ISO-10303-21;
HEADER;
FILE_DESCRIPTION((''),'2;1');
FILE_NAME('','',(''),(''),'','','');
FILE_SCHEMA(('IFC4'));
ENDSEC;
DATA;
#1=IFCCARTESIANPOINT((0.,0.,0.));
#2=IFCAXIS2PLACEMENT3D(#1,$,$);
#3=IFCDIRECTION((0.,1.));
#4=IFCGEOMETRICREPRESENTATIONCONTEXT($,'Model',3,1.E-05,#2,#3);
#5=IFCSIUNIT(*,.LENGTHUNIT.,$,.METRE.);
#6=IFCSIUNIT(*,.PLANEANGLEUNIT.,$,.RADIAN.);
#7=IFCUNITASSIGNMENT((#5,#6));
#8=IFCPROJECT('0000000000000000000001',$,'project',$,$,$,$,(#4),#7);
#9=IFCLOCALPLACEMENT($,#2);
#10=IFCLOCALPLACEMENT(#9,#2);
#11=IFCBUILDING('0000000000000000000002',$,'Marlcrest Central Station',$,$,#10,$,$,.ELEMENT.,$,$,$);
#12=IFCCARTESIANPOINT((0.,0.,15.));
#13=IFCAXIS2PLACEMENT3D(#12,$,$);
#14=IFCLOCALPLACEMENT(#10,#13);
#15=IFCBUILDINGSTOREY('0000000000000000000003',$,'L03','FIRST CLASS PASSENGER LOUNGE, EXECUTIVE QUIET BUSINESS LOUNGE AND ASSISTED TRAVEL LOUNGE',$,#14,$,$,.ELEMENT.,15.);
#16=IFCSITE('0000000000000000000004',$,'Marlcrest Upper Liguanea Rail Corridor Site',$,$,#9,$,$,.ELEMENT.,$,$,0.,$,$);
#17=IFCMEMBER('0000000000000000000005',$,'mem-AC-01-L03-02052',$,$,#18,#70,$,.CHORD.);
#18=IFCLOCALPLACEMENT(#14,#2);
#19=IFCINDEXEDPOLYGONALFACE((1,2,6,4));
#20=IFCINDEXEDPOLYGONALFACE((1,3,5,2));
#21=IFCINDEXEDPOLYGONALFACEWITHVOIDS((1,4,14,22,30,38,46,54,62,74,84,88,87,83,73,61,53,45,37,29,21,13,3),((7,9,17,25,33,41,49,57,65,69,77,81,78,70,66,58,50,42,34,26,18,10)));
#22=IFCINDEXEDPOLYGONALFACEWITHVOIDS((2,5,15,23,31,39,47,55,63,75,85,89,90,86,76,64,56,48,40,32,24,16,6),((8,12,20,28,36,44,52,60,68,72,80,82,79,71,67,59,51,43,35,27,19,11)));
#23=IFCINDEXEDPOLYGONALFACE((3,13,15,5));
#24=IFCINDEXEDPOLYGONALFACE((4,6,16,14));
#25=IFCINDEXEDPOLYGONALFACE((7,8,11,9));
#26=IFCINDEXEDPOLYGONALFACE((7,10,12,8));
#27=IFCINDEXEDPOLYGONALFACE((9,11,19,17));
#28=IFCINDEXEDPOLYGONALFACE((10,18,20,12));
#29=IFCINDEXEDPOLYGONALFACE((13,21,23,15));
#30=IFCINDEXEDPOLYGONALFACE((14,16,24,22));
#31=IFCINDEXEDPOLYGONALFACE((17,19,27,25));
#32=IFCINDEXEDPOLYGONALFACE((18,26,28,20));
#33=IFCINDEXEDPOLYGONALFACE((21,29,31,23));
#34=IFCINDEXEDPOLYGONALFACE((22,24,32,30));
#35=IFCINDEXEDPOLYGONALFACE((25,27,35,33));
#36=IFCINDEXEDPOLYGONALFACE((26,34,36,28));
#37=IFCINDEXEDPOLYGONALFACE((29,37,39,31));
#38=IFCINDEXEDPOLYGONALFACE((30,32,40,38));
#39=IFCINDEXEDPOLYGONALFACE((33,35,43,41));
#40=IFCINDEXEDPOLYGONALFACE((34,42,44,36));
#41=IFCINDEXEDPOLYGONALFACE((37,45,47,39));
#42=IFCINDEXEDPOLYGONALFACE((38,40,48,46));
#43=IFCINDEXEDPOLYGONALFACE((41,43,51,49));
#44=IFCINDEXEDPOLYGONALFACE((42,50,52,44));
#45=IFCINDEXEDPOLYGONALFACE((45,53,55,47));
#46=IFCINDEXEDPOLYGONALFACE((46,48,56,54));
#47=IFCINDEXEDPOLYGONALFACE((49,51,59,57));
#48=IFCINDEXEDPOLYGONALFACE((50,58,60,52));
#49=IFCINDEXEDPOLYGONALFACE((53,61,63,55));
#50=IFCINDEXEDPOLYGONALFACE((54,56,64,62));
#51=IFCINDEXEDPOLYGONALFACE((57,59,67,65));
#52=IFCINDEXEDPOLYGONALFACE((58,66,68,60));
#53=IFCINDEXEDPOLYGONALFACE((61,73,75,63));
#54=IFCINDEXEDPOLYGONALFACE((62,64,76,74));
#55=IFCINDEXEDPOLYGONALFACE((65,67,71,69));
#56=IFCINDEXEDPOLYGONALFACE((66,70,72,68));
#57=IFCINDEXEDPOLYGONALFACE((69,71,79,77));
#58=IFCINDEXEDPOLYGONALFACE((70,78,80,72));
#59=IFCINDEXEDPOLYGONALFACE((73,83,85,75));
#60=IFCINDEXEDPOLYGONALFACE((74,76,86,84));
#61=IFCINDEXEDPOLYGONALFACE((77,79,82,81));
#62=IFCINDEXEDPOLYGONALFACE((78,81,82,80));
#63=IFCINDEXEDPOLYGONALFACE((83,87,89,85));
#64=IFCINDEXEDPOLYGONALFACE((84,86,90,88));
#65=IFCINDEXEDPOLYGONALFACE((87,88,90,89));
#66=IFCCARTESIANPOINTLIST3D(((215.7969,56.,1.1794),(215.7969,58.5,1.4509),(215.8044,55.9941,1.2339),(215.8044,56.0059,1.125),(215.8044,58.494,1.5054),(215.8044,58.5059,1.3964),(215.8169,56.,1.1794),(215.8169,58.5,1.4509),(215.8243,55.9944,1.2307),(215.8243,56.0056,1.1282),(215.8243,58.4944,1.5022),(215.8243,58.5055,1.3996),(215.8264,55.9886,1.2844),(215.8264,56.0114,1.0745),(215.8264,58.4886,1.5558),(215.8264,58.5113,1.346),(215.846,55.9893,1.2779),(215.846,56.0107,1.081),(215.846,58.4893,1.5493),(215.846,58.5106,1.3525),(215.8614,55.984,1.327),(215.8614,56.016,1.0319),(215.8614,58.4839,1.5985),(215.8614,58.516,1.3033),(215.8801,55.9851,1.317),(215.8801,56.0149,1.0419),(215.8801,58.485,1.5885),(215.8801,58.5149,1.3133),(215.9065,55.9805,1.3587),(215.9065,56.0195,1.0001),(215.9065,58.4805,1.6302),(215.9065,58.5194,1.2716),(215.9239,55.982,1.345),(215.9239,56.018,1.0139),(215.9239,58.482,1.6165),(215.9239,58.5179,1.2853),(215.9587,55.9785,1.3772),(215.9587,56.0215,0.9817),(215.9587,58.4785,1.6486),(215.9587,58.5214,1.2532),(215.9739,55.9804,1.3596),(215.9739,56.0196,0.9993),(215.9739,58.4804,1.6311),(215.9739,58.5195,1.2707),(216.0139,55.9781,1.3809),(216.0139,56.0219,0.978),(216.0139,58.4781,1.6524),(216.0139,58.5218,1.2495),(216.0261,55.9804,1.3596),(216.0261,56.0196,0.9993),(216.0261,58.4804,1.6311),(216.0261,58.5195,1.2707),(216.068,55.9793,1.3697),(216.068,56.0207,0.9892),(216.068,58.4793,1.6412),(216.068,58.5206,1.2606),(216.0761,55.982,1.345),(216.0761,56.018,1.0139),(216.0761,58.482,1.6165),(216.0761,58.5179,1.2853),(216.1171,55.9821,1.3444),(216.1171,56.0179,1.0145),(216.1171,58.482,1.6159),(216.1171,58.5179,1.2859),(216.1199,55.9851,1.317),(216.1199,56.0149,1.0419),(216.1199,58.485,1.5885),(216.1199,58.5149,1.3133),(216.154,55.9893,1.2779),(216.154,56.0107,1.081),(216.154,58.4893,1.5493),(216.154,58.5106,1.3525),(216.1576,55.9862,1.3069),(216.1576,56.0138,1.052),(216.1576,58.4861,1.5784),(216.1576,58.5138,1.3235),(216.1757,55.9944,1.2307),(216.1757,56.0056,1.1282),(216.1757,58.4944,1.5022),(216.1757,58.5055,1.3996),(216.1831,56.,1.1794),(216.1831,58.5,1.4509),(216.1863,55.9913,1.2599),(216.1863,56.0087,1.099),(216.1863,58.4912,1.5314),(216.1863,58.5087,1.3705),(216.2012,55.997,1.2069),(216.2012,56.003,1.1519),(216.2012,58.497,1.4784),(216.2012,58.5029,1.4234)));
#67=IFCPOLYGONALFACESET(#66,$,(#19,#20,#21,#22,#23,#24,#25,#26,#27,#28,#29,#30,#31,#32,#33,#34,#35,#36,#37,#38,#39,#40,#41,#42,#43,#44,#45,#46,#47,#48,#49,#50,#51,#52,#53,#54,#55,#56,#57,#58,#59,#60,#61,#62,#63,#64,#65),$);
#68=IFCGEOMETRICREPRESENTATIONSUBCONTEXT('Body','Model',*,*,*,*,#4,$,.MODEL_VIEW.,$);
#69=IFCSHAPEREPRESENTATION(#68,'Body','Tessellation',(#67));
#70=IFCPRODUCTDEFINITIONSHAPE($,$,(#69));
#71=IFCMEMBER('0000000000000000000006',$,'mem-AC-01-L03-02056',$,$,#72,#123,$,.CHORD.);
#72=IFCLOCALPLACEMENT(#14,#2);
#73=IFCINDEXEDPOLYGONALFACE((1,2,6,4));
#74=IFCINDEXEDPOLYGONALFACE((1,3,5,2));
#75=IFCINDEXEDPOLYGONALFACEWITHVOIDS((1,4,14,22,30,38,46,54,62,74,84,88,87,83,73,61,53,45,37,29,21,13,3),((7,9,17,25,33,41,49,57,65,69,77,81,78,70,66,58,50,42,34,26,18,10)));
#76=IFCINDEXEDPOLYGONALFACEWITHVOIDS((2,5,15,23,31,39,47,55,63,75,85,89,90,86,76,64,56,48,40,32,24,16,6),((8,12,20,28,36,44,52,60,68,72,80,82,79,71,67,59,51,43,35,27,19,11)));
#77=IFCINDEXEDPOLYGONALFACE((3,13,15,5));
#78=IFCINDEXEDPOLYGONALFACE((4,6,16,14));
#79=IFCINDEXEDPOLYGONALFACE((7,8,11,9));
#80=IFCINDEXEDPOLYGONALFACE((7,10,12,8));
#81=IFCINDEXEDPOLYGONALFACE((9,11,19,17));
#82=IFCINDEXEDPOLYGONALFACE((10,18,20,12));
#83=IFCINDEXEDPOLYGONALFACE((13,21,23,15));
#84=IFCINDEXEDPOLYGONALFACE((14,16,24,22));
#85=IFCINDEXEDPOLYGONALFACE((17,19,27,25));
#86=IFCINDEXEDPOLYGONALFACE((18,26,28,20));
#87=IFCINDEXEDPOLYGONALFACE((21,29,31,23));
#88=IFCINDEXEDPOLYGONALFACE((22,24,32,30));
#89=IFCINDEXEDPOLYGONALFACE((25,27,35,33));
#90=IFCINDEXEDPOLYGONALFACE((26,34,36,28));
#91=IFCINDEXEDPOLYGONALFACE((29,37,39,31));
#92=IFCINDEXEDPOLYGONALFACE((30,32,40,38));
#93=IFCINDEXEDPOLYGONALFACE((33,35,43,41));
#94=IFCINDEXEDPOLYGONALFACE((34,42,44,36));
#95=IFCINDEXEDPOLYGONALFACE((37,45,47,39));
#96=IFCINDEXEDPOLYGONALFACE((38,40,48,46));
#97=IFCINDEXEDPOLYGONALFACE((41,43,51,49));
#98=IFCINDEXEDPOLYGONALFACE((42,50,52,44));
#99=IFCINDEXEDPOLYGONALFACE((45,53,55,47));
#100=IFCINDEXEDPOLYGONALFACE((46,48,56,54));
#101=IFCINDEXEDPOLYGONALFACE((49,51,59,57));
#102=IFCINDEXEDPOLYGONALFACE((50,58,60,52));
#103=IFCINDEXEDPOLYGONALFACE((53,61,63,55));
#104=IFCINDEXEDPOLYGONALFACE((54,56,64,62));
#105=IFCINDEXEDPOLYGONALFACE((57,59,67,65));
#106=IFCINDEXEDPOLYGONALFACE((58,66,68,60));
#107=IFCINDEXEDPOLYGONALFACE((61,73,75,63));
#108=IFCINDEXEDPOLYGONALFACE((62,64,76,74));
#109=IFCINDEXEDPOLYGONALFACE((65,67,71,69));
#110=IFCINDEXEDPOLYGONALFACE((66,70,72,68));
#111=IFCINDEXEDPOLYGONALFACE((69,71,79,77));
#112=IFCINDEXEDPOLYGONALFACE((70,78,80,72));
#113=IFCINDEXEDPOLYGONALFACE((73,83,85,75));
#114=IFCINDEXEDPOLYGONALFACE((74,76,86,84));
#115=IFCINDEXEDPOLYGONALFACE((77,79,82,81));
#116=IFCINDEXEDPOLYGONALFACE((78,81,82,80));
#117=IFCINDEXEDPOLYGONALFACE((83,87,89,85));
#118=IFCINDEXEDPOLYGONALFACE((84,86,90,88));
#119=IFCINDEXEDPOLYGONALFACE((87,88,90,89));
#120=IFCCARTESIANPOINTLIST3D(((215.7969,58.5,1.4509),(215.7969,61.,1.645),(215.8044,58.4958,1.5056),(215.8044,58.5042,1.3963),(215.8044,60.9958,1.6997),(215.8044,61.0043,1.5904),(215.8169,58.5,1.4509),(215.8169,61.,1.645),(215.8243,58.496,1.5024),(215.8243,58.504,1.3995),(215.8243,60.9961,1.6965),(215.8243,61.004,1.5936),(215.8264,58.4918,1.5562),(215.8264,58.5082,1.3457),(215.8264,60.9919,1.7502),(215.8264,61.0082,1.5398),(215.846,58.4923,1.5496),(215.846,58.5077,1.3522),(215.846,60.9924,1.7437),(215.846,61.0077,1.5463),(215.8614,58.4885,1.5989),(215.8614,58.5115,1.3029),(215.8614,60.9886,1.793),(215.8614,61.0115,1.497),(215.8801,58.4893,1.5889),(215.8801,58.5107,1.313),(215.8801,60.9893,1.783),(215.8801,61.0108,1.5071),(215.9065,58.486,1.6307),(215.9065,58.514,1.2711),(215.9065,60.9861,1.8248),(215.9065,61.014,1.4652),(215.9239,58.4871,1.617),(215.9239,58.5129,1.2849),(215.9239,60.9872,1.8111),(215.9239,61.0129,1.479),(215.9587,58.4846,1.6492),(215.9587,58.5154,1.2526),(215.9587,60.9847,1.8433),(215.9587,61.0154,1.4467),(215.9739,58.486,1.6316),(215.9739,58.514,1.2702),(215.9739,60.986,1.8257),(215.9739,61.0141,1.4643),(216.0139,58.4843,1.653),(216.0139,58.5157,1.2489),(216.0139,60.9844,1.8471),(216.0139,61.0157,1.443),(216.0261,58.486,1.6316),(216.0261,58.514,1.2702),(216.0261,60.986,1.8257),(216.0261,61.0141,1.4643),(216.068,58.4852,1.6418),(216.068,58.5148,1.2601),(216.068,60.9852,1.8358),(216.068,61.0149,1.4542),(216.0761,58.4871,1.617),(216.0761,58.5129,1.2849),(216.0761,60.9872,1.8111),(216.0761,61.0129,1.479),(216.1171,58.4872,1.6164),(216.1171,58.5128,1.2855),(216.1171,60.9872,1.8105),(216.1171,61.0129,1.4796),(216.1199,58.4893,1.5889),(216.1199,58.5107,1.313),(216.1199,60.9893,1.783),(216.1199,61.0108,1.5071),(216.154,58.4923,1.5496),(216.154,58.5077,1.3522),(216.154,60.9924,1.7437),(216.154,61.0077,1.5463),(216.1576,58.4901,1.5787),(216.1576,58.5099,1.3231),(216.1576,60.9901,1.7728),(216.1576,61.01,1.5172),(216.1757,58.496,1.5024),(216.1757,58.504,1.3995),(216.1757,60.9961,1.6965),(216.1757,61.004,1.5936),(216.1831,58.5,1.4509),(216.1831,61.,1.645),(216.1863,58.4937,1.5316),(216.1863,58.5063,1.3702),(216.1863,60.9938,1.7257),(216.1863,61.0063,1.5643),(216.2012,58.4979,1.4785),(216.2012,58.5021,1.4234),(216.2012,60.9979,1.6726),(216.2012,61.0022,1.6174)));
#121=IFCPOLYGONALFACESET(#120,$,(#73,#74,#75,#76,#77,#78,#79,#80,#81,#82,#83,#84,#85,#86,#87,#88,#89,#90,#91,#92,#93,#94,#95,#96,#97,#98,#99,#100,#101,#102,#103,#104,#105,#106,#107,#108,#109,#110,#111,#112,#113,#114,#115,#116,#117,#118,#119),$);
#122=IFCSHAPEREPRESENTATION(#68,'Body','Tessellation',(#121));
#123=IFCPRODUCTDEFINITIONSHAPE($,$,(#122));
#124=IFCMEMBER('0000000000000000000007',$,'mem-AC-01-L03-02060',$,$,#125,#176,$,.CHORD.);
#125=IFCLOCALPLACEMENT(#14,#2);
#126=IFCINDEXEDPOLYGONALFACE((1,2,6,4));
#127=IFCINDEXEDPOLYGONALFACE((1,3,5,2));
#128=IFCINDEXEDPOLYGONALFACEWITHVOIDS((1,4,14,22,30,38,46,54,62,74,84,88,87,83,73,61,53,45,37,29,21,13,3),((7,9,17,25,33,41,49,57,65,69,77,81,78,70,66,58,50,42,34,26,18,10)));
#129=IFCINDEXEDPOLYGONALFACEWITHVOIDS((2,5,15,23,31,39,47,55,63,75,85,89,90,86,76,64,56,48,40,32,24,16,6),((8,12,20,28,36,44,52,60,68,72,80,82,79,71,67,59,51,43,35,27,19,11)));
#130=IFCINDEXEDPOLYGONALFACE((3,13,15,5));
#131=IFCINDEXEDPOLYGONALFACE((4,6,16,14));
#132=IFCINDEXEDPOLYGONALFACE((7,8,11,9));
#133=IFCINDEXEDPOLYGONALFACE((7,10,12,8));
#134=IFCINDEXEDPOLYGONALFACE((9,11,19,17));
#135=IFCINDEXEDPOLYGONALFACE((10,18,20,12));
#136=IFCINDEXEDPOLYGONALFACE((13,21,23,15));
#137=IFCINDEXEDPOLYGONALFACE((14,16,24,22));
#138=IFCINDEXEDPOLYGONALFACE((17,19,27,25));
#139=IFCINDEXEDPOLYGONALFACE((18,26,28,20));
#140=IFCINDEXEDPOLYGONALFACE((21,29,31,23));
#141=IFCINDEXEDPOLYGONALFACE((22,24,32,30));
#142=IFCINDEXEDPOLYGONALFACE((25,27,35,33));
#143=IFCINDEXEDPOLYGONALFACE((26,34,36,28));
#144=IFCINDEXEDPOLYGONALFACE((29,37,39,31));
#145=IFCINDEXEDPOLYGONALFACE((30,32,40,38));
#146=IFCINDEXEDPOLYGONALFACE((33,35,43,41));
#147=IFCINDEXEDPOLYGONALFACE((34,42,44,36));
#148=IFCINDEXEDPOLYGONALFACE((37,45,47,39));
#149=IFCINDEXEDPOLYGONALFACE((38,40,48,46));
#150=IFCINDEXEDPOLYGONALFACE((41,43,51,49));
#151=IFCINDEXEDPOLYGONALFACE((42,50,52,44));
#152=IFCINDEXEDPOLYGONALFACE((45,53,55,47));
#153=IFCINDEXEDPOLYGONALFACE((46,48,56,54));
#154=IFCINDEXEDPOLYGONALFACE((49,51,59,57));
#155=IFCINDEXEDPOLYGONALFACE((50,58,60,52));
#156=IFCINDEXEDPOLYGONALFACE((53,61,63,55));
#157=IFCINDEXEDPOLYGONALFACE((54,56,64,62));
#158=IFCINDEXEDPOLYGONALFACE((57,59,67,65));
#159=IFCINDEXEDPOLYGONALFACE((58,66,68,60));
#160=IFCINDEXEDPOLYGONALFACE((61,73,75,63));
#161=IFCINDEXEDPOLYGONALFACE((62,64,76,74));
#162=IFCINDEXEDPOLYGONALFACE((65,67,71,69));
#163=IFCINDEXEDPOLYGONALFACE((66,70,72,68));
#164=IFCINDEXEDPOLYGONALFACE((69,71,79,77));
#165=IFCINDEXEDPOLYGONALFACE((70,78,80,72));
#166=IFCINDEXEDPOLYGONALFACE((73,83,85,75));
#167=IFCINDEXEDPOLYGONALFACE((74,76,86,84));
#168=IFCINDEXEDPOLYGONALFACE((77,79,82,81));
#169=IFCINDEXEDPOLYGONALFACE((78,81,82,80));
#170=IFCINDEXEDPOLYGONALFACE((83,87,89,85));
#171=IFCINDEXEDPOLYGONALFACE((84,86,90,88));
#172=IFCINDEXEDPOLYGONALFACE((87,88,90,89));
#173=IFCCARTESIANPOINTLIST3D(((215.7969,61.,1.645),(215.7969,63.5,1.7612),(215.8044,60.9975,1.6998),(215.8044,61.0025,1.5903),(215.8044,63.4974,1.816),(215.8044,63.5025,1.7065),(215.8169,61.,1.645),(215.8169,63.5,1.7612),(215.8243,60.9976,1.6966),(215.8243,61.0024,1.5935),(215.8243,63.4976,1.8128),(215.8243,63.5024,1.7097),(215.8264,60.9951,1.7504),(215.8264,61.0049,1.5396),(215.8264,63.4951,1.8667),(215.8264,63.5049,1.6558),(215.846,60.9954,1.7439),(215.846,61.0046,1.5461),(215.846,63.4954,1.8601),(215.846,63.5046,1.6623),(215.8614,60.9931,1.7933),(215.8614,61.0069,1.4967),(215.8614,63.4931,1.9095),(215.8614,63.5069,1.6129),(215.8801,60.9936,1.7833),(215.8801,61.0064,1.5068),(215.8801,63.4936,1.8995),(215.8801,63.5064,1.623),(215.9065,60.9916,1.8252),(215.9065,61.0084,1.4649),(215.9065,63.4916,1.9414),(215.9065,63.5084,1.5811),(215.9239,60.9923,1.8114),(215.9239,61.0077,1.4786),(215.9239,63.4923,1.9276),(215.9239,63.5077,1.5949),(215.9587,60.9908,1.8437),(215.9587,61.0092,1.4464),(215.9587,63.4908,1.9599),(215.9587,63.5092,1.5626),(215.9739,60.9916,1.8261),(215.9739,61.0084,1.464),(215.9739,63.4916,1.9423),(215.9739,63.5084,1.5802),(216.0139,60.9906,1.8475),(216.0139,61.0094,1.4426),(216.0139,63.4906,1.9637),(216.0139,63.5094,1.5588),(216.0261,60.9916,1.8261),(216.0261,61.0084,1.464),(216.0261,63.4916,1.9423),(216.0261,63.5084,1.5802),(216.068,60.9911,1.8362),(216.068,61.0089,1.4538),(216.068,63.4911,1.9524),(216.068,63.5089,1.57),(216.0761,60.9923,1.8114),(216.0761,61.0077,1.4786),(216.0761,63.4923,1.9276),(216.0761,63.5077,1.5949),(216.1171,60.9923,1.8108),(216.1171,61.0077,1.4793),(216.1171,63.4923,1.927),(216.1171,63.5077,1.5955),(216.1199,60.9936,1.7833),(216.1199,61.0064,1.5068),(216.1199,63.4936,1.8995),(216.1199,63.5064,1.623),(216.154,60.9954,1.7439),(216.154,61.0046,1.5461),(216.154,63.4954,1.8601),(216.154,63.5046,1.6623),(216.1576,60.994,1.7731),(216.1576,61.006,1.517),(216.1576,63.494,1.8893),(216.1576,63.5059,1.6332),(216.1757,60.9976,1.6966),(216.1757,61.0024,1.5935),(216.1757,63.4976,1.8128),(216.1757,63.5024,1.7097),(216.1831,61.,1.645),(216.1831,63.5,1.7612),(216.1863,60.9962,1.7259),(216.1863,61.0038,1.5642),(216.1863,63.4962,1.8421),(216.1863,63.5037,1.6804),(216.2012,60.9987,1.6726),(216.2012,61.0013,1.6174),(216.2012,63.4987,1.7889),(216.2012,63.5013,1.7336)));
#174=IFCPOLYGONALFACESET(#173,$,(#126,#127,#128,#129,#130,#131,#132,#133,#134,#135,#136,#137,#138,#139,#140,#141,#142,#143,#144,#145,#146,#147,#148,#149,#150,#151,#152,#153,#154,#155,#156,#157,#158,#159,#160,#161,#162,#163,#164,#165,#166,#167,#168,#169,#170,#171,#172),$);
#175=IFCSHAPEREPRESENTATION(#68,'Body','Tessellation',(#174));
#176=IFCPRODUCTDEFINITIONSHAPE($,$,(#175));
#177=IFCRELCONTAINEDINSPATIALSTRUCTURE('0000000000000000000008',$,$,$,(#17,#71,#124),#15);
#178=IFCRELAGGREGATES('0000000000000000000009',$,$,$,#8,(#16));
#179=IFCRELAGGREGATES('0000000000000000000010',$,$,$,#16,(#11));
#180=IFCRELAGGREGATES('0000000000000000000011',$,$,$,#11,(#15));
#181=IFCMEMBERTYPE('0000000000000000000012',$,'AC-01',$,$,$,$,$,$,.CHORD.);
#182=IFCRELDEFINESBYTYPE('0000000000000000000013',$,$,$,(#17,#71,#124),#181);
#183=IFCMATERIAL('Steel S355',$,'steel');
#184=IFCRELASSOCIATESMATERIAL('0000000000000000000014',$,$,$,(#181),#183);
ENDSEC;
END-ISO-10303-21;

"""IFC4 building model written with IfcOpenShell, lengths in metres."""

from ifc_helpers import new_model, si_unit, direction, frame, origin, origin_2d, place, context, subcontext, project, spatial, hollow_circle, extrude, material, material_profile, profile_set, type_object, element, save


model = new_model("IFC4")

# Units and contexts
model_context = context("Model", 3, precision=1e-05, world=origin(), true_north=direction((0.0, 1.0)))
body_context = subcontext(model_context, "Body", "Model", "MODEL_VIEW")
ifc_project = project(units=[si_unit("LENGTHUNIT", "METRE"), si_unit("PLANEANGLEUNIT", "RADIAN")], contexts=[model_context])

# Site, building, storey
site_placement = place(None, origin())
site = spatial("IfcSite", under=ifc_project, at=site_placement, Name="Marlcrest Upper Liguanea Rail Corridor Site", CompositionType="ELEMENT", RefElevation=0.0)
building_placement = place(site_placement, origin())
building = spatial("IfcBuilding", under=site, at=building_placement, Name="Marlcrest Central Station", CompositionType="ELEMENT")
storey_placement = place(building_placement, frame((0.0, 0.0, 15.0)))
storey = spatial("IfcBuildingStorey", under=building, at=storey_placement, Name="L03", Description="FIRST CLASS PASSENGER LOUNGE, EXECUTIVE QUIET BUSINESS LOUNGE AND ASSISTED TRAVEL LOUNGE", CompositionType="ELEMENT", Elevation=15.0)

# Members
ifc_material_1 = material(Name="Steel S355", Category="steel")
ifc_material_profile_1 = material_profile(ifc_material_1, hollow_circle(Radius=0.2031, WallThickness=0.02, at=origin_2d()), Name="CHS 406.4x20")
ifc_profile_set_1 = profile_set([ifc_material_profile_1], Name="Steel S355")
member_type_1 = type_object("IfcMemberType", Name="AC-01", PredefinedType="CHORD", material=ifc_profile_set_1)
member_1_placement = place(storey_placement, frame((216.0, 56.0, 1.1794), z_axis=(0.0, 0.994155, 0.107959), x_axis=(-1.0, 0.0, 0.0)))
element("IfcMember", 1, at=member_1_placement, inside=storey, type_object=member_type_1, Name="mem-AC-01-L03-02052", PredefinedType="CHORD", context=body_context, shape_type="SweptSolid", body=[
    extrude(hollow_circle(Radius=0.2031, WallThickness=0.02, at=origin_2d()), origin(), (0.0, 0.0, 1.0), 2.5146),
])
member_2_placement = place(storey_placement, frame((216.0, 58.5, 1.4509), z_axis=(0.0, 0.997, 0.077404), x_axis=(-1.0, 0.0, 0.0)))
element("IfcMember", 2, at=member_2_placement, inside=storey, type_object=member_type_1, Name="mem-AC-01-L03-02056", PredefinedType="CHORD", context=body_context, shape_type="SweptSolid", body=[
    extrude(hollow_circle(Radius=0.2031, WallThickness=0.02, at=origin_2d()), origin(), (0.0, 0.0, 1.0), 2.5076),
])
member_3_placement = place(storey_placement, frame((216.0, 61.0, 1.645), z_axis=(0.0, 0.998921, 0.046434), x_axis=(-1.0, 0.0, 0.0)))
element("IfcMember", 3, at=member_3_placement, inside=storey, type_object=member_type_1, Name="mem-AC-01-L03-02060", PredefinedType="CHORD", context=body_context, shape_type="SweptSolid", body=[
    extrude(hollow_circle(Radius=0.2031, WallThickness=0.02, at=origin_2d()), origin(), (0.0, 0.0, 1.0), 2.5027),
])

save(model, "model.ifc")
